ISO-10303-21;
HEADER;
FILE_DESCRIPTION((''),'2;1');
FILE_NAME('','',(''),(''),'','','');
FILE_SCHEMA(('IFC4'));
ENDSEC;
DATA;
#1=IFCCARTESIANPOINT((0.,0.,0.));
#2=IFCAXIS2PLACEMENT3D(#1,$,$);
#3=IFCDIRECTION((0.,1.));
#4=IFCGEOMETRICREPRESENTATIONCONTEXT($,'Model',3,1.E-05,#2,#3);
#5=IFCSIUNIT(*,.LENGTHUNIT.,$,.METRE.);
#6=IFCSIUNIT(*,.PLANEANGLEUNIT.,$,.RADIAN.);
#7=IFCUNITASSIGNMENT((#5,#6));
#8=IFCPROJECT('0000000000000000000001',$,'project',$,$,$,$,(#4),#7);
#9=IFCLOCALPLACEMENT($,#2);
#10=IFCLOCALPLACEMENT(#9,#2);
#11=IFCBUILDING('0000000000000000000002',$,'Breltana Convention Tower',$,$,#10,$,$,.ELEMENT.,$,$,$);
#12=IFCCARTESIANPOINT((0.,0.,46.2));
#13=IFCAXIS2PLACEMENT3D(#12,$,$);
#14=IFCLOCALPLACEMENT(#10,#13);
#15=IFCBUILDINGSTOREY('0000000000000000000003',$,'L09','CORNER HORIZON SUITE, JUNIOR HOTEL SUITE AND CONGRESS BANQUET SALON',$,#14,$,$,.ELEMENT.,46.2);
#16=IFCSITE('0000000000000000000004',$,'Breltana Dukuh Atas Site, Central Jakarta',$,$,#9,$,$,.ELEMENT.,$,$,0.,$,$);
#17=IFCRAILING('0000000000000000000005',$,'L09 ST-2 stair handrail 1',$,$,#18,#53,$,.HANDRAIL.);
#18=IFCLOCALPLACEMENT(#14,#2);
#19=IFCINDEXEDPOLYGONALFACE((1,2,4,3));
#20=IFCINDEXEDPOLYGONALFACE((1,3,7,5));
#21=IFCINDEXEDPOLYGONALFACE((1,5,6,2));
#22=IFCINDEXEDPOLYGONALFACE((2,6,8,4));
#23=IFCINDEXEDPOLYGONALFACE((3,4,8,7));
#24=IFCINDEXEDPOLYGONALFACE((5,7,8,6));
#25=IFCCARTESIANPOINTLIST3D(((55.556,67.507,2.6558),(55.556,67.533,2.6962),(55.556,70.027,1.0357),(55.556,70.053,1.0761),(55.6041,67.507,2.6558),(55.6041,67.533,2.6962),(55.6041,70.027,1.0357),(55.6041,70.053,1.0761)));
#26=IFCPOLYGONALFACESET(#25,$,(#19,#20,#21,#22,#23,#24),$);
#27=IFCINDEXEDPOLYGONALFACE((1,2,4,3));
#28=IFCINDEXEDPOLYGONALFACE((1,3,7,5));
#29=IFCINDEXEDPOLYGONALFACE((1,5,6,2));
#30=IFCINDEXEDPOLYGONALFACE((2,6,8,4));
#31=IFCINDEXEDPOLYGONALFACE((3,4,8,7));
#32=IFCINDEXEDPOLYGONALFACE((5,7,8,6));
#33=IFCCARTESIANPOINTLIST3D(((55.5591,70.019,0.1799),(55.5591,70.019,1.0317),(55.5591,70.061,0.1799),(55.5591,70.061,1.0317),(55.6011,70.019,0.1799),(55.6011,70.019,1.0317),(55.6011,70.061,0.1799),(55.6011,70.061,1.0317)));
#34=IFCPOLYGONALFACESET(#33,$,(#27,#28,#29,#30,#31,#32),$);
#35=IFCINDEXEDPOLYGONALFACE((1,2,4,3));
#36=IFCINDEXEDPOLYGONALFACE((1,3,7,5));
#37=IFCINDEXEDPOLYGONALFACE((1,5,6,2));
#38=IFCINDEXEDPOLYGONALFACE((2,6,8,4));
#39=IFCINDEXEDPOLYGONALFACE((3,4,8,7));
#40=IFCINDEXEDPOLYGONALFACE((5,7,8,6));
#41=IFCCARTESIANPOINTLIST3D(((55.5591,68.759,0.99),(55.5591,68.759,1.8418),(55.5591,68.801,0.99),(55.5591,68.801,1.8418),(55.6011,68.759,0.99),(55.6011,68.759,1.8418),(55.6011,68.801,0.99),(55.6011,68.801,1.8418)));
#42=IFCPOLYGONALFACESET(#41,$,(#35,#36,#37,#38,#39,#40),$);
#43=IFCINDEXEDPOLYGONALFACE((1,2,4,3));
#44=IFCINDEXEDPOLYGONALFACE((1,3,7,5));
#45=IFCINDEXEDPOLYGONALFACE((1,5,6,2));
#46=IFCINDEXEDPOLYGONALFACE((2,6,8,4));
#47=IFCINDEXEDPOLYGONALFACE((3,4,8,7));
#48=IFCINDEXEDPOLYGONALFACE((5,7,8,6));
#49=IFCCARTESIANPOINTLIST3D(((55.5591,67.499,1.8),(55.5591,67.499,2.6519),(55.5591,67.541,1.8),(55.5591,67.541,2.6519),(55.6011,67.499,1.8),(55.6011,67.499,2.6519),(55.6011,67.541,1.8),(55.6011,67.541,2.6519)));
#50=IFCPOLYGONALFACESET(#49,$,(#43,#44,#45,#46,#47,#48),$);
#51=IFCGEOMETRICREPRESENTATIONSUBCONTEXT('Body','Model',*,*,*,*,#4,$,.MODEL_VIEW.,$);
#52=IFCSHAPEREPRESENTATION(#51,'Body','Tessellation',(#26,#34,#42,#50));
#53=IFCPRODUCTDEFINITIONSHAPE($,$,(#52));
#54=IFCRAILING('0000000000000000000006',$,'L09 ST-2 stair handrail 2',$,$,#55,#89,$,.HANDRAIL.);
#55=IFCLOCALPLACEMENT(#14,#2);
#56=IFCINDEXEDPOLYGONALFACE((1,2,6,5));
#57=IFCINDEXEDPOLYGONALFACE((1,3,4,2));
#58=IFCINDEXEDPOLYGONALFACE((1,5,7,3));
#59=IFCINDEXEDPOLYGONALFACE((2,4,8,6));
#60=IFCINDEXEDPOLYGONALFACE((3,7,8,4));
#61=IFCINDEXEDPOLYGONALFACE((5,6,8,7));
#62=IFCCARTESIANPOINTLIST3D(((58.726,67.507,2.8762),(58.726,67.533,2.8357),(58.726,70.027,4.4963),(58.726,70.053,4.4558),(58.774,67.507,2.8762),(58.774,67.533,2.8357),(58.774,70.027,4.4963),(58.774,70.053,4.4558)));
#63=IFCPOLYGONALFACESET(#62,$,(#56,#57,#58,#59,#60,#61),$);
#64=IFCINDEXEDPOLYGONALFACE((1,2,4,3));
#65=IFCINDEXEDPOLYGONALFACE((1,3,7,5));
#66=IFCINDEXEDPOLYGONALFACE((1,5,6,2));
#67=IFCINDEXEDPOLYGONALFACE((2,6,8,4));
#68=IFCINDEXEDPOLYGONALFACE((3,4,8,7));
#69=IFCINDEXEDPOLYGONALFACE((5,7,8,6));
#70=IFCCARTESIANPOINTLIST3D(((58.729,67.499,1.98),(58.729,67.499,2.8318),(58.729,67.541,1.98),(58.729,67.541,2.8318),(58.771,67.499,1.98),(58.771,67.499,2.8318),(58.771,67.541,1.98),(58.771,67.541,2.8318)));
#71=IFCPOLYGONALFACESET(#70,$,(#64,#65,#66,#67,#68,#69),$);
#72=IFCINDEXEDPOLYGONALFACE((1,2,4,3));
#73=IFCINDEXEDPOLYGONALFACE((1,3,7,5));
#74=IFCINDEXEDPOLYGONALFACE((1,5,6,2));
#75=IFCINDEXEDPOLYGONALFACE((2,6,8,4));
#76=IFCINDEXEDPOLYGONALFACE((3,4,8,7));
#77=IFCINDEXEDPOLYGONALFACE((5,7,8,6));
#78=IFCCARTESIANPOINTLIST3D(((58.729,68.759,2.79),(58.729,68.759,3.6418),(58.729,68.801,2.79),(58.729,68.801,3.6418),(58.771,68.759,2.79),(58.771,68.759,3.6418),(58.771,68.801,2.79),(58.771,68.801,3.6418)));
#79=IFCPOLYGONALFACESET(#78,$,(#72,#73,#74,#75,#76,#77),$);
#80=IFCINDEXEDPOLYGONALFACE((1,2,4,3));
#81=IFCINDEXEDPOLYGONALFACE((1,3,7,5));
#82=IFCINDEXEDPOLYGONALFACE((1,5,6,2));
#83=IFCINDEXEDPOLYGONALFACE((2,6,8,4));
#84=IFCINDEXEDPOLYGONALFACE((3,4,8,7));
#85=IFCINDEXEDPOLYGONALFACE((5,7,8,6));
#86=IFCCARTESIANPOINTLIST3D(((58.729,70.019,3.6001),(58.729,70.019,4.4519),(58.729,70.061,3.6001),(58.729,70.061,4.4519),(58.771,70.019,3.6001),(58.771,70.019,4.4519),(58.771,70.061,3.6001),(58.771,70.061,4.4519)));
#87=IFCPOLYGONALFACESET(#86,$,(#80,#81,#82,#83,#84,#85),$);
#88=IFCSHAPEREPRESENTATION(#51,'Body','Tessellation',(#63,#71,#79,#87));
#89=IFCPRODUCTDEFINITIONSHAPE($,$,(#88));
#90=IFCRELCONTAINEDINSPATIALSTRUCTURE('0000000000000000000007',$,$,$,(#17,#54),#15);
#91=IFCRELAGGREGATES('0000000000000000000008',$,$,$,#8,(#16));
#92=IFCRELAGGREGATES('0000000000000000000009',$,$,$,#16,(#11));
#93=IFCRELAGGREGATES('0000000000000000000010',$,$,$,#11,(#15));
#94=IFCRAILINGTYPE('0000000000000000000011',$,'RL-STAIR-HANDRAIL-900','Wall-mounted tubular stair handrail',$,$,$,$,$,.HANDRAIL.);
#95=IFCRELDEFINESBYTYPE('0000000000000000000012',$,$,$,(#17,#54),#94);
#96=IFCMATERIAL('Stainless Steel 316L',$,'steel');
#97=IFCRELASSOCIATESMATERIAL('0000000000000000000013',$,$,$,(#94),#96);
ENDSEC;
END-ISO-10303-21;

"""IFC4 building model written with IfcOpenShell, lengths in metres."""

from ifc_helpers import new_model, si_unit, direction, frame, origin, origin_2d, place, context, subcontext, project, spatial, rectangle, extrude, material, type_object, element, save


model = new_model("IFC4")

# Units and contexts
model_context = context("Model", 3, precision=1e-05, world=origin(), true_north=direction((0.0, 1.0)))
body_context = subcontext(model_context, "Body", "Model", "MODEL_VIEW")
ifc_project = project(units=[si_unit("LENGTHUNIT", "METRE"), si_unit("PLANEANGLEUNIT", "RADIAN")], contexts=[model_context])

# Site, building, storey
site_placement = place(None, origin())
site = spatial("IfcSite", under=ifc_project, at=site_placement, Name="Breltana Dukuh Atas Site, Central Jakarta", CompositionType="ELEMENT", RefElevation=0.0)
building_placement = place(site_placement, origin())
building = spatial("IfcBuilding", under=site, at=building_placement, Name="Breltana Convention Tower", CompositionType="ELEMENT")
storey_placement = place(building_placement, frame((0.0, 0.0, 46.2)))
storey = spatial("IfcBuildingStorey", under=building, at=storey_placement, Name="L09", Description="CORNER HORIZON SUITE, JUNIOR HOTEL SUITE AND CONGRESS BANQUET SALON", CompositionType="ELEMENT", Elevation=46.2)

# Railings
ifc_material_1 = material(Name="Stainless Steel 316L", Category="steel")
railing_type_1 = type_object("IfcRailingType", Name="RL-STAIR-HANDRAIL-900", Description="Wall-mounted tubular stair handrail", PredefinedType="HANDRAIL", material=ifc_material_1)
railing_1_placement = place(storey_placement, frame((55.5801, 70.04, 0.1799)))
element("IfcRailing", 1, at=railing_1_placement, inside=storey, type_object=railing_type_1, Name="L09 ST-2 stair handrail 1", PredefinedType="HANDRAIL", context=body_context, shape_type="SweptSolid", body=[
    extrude(rectangle(XDim=0.0481, YDim=0.0481, at=origin_2d()), frame((0.0, 0.0, 0.876), z_axis=(0.0, -0.841163, 0.540782), x_axis=(1.0, 0.0, 0.0)), (0.0, 0.0, 1.0), 2.9958),
    extrude(rectangle(XDim=0.042, YDim=0.042, at=origin_2d()), origin(), (0.0, 0.0, 1.0), 0.8518),
    extrude(rectangle(XDim=0.042, YDim=0.042, at=origin_2d()), frame((0.0, -1.26, 0.8101)), (0.0, 0.0, 1.0), 0.8518),
    extrude(rectangle(XDim=0.042, YDim=0.042, at=origin_2d()), frame((0.0, -2.52, 1.6201)), (0.0, 0.0, 1.0), 0.8518),
])
railing_2_placement = place(storey_placement, frame((58.75, 67.52, 1.98)))
element("IfcRailing", 2, at=railing_2_placement, inside=storey, type_object=railing_type_1, Name="L09 ST-2 stair handrail 2", PredefinedType="HANDRAIL", context=body_context, shape_type="SweptSolid", body=[
    extrude(rectangle(XDim=0.0481, YDim=0.0481, at=origin_2d()), frame((0.0, 0.0, 0.876), z_axis=(0.0, 0.841163, 0.540782), x_axis=(-1.0, 0.0, 0.0)), (0.0, 0.0, 1.0), 2.9958),
    extrude(rectangle(XDim=0.042, YDim=0.042, at=origin_2d()), origin(), (0.0, 0.0, 1.0), 0.8518),
    extrude(rectangle(XDim=0.042, YDim=0.042, at=origin_2d()), frame((0.0, 1.26, 0.8101)), (0.0, 0.0, 1.0), 0.8518),
    extrude(rectangle(XDim=0.042, YDim=0.042, at=origin_2d()), frame((0.0, 2.52, 1.6201)), (0.0, 0.0, 1.0), 0.8518),
])

save(model, "model.ifc")
